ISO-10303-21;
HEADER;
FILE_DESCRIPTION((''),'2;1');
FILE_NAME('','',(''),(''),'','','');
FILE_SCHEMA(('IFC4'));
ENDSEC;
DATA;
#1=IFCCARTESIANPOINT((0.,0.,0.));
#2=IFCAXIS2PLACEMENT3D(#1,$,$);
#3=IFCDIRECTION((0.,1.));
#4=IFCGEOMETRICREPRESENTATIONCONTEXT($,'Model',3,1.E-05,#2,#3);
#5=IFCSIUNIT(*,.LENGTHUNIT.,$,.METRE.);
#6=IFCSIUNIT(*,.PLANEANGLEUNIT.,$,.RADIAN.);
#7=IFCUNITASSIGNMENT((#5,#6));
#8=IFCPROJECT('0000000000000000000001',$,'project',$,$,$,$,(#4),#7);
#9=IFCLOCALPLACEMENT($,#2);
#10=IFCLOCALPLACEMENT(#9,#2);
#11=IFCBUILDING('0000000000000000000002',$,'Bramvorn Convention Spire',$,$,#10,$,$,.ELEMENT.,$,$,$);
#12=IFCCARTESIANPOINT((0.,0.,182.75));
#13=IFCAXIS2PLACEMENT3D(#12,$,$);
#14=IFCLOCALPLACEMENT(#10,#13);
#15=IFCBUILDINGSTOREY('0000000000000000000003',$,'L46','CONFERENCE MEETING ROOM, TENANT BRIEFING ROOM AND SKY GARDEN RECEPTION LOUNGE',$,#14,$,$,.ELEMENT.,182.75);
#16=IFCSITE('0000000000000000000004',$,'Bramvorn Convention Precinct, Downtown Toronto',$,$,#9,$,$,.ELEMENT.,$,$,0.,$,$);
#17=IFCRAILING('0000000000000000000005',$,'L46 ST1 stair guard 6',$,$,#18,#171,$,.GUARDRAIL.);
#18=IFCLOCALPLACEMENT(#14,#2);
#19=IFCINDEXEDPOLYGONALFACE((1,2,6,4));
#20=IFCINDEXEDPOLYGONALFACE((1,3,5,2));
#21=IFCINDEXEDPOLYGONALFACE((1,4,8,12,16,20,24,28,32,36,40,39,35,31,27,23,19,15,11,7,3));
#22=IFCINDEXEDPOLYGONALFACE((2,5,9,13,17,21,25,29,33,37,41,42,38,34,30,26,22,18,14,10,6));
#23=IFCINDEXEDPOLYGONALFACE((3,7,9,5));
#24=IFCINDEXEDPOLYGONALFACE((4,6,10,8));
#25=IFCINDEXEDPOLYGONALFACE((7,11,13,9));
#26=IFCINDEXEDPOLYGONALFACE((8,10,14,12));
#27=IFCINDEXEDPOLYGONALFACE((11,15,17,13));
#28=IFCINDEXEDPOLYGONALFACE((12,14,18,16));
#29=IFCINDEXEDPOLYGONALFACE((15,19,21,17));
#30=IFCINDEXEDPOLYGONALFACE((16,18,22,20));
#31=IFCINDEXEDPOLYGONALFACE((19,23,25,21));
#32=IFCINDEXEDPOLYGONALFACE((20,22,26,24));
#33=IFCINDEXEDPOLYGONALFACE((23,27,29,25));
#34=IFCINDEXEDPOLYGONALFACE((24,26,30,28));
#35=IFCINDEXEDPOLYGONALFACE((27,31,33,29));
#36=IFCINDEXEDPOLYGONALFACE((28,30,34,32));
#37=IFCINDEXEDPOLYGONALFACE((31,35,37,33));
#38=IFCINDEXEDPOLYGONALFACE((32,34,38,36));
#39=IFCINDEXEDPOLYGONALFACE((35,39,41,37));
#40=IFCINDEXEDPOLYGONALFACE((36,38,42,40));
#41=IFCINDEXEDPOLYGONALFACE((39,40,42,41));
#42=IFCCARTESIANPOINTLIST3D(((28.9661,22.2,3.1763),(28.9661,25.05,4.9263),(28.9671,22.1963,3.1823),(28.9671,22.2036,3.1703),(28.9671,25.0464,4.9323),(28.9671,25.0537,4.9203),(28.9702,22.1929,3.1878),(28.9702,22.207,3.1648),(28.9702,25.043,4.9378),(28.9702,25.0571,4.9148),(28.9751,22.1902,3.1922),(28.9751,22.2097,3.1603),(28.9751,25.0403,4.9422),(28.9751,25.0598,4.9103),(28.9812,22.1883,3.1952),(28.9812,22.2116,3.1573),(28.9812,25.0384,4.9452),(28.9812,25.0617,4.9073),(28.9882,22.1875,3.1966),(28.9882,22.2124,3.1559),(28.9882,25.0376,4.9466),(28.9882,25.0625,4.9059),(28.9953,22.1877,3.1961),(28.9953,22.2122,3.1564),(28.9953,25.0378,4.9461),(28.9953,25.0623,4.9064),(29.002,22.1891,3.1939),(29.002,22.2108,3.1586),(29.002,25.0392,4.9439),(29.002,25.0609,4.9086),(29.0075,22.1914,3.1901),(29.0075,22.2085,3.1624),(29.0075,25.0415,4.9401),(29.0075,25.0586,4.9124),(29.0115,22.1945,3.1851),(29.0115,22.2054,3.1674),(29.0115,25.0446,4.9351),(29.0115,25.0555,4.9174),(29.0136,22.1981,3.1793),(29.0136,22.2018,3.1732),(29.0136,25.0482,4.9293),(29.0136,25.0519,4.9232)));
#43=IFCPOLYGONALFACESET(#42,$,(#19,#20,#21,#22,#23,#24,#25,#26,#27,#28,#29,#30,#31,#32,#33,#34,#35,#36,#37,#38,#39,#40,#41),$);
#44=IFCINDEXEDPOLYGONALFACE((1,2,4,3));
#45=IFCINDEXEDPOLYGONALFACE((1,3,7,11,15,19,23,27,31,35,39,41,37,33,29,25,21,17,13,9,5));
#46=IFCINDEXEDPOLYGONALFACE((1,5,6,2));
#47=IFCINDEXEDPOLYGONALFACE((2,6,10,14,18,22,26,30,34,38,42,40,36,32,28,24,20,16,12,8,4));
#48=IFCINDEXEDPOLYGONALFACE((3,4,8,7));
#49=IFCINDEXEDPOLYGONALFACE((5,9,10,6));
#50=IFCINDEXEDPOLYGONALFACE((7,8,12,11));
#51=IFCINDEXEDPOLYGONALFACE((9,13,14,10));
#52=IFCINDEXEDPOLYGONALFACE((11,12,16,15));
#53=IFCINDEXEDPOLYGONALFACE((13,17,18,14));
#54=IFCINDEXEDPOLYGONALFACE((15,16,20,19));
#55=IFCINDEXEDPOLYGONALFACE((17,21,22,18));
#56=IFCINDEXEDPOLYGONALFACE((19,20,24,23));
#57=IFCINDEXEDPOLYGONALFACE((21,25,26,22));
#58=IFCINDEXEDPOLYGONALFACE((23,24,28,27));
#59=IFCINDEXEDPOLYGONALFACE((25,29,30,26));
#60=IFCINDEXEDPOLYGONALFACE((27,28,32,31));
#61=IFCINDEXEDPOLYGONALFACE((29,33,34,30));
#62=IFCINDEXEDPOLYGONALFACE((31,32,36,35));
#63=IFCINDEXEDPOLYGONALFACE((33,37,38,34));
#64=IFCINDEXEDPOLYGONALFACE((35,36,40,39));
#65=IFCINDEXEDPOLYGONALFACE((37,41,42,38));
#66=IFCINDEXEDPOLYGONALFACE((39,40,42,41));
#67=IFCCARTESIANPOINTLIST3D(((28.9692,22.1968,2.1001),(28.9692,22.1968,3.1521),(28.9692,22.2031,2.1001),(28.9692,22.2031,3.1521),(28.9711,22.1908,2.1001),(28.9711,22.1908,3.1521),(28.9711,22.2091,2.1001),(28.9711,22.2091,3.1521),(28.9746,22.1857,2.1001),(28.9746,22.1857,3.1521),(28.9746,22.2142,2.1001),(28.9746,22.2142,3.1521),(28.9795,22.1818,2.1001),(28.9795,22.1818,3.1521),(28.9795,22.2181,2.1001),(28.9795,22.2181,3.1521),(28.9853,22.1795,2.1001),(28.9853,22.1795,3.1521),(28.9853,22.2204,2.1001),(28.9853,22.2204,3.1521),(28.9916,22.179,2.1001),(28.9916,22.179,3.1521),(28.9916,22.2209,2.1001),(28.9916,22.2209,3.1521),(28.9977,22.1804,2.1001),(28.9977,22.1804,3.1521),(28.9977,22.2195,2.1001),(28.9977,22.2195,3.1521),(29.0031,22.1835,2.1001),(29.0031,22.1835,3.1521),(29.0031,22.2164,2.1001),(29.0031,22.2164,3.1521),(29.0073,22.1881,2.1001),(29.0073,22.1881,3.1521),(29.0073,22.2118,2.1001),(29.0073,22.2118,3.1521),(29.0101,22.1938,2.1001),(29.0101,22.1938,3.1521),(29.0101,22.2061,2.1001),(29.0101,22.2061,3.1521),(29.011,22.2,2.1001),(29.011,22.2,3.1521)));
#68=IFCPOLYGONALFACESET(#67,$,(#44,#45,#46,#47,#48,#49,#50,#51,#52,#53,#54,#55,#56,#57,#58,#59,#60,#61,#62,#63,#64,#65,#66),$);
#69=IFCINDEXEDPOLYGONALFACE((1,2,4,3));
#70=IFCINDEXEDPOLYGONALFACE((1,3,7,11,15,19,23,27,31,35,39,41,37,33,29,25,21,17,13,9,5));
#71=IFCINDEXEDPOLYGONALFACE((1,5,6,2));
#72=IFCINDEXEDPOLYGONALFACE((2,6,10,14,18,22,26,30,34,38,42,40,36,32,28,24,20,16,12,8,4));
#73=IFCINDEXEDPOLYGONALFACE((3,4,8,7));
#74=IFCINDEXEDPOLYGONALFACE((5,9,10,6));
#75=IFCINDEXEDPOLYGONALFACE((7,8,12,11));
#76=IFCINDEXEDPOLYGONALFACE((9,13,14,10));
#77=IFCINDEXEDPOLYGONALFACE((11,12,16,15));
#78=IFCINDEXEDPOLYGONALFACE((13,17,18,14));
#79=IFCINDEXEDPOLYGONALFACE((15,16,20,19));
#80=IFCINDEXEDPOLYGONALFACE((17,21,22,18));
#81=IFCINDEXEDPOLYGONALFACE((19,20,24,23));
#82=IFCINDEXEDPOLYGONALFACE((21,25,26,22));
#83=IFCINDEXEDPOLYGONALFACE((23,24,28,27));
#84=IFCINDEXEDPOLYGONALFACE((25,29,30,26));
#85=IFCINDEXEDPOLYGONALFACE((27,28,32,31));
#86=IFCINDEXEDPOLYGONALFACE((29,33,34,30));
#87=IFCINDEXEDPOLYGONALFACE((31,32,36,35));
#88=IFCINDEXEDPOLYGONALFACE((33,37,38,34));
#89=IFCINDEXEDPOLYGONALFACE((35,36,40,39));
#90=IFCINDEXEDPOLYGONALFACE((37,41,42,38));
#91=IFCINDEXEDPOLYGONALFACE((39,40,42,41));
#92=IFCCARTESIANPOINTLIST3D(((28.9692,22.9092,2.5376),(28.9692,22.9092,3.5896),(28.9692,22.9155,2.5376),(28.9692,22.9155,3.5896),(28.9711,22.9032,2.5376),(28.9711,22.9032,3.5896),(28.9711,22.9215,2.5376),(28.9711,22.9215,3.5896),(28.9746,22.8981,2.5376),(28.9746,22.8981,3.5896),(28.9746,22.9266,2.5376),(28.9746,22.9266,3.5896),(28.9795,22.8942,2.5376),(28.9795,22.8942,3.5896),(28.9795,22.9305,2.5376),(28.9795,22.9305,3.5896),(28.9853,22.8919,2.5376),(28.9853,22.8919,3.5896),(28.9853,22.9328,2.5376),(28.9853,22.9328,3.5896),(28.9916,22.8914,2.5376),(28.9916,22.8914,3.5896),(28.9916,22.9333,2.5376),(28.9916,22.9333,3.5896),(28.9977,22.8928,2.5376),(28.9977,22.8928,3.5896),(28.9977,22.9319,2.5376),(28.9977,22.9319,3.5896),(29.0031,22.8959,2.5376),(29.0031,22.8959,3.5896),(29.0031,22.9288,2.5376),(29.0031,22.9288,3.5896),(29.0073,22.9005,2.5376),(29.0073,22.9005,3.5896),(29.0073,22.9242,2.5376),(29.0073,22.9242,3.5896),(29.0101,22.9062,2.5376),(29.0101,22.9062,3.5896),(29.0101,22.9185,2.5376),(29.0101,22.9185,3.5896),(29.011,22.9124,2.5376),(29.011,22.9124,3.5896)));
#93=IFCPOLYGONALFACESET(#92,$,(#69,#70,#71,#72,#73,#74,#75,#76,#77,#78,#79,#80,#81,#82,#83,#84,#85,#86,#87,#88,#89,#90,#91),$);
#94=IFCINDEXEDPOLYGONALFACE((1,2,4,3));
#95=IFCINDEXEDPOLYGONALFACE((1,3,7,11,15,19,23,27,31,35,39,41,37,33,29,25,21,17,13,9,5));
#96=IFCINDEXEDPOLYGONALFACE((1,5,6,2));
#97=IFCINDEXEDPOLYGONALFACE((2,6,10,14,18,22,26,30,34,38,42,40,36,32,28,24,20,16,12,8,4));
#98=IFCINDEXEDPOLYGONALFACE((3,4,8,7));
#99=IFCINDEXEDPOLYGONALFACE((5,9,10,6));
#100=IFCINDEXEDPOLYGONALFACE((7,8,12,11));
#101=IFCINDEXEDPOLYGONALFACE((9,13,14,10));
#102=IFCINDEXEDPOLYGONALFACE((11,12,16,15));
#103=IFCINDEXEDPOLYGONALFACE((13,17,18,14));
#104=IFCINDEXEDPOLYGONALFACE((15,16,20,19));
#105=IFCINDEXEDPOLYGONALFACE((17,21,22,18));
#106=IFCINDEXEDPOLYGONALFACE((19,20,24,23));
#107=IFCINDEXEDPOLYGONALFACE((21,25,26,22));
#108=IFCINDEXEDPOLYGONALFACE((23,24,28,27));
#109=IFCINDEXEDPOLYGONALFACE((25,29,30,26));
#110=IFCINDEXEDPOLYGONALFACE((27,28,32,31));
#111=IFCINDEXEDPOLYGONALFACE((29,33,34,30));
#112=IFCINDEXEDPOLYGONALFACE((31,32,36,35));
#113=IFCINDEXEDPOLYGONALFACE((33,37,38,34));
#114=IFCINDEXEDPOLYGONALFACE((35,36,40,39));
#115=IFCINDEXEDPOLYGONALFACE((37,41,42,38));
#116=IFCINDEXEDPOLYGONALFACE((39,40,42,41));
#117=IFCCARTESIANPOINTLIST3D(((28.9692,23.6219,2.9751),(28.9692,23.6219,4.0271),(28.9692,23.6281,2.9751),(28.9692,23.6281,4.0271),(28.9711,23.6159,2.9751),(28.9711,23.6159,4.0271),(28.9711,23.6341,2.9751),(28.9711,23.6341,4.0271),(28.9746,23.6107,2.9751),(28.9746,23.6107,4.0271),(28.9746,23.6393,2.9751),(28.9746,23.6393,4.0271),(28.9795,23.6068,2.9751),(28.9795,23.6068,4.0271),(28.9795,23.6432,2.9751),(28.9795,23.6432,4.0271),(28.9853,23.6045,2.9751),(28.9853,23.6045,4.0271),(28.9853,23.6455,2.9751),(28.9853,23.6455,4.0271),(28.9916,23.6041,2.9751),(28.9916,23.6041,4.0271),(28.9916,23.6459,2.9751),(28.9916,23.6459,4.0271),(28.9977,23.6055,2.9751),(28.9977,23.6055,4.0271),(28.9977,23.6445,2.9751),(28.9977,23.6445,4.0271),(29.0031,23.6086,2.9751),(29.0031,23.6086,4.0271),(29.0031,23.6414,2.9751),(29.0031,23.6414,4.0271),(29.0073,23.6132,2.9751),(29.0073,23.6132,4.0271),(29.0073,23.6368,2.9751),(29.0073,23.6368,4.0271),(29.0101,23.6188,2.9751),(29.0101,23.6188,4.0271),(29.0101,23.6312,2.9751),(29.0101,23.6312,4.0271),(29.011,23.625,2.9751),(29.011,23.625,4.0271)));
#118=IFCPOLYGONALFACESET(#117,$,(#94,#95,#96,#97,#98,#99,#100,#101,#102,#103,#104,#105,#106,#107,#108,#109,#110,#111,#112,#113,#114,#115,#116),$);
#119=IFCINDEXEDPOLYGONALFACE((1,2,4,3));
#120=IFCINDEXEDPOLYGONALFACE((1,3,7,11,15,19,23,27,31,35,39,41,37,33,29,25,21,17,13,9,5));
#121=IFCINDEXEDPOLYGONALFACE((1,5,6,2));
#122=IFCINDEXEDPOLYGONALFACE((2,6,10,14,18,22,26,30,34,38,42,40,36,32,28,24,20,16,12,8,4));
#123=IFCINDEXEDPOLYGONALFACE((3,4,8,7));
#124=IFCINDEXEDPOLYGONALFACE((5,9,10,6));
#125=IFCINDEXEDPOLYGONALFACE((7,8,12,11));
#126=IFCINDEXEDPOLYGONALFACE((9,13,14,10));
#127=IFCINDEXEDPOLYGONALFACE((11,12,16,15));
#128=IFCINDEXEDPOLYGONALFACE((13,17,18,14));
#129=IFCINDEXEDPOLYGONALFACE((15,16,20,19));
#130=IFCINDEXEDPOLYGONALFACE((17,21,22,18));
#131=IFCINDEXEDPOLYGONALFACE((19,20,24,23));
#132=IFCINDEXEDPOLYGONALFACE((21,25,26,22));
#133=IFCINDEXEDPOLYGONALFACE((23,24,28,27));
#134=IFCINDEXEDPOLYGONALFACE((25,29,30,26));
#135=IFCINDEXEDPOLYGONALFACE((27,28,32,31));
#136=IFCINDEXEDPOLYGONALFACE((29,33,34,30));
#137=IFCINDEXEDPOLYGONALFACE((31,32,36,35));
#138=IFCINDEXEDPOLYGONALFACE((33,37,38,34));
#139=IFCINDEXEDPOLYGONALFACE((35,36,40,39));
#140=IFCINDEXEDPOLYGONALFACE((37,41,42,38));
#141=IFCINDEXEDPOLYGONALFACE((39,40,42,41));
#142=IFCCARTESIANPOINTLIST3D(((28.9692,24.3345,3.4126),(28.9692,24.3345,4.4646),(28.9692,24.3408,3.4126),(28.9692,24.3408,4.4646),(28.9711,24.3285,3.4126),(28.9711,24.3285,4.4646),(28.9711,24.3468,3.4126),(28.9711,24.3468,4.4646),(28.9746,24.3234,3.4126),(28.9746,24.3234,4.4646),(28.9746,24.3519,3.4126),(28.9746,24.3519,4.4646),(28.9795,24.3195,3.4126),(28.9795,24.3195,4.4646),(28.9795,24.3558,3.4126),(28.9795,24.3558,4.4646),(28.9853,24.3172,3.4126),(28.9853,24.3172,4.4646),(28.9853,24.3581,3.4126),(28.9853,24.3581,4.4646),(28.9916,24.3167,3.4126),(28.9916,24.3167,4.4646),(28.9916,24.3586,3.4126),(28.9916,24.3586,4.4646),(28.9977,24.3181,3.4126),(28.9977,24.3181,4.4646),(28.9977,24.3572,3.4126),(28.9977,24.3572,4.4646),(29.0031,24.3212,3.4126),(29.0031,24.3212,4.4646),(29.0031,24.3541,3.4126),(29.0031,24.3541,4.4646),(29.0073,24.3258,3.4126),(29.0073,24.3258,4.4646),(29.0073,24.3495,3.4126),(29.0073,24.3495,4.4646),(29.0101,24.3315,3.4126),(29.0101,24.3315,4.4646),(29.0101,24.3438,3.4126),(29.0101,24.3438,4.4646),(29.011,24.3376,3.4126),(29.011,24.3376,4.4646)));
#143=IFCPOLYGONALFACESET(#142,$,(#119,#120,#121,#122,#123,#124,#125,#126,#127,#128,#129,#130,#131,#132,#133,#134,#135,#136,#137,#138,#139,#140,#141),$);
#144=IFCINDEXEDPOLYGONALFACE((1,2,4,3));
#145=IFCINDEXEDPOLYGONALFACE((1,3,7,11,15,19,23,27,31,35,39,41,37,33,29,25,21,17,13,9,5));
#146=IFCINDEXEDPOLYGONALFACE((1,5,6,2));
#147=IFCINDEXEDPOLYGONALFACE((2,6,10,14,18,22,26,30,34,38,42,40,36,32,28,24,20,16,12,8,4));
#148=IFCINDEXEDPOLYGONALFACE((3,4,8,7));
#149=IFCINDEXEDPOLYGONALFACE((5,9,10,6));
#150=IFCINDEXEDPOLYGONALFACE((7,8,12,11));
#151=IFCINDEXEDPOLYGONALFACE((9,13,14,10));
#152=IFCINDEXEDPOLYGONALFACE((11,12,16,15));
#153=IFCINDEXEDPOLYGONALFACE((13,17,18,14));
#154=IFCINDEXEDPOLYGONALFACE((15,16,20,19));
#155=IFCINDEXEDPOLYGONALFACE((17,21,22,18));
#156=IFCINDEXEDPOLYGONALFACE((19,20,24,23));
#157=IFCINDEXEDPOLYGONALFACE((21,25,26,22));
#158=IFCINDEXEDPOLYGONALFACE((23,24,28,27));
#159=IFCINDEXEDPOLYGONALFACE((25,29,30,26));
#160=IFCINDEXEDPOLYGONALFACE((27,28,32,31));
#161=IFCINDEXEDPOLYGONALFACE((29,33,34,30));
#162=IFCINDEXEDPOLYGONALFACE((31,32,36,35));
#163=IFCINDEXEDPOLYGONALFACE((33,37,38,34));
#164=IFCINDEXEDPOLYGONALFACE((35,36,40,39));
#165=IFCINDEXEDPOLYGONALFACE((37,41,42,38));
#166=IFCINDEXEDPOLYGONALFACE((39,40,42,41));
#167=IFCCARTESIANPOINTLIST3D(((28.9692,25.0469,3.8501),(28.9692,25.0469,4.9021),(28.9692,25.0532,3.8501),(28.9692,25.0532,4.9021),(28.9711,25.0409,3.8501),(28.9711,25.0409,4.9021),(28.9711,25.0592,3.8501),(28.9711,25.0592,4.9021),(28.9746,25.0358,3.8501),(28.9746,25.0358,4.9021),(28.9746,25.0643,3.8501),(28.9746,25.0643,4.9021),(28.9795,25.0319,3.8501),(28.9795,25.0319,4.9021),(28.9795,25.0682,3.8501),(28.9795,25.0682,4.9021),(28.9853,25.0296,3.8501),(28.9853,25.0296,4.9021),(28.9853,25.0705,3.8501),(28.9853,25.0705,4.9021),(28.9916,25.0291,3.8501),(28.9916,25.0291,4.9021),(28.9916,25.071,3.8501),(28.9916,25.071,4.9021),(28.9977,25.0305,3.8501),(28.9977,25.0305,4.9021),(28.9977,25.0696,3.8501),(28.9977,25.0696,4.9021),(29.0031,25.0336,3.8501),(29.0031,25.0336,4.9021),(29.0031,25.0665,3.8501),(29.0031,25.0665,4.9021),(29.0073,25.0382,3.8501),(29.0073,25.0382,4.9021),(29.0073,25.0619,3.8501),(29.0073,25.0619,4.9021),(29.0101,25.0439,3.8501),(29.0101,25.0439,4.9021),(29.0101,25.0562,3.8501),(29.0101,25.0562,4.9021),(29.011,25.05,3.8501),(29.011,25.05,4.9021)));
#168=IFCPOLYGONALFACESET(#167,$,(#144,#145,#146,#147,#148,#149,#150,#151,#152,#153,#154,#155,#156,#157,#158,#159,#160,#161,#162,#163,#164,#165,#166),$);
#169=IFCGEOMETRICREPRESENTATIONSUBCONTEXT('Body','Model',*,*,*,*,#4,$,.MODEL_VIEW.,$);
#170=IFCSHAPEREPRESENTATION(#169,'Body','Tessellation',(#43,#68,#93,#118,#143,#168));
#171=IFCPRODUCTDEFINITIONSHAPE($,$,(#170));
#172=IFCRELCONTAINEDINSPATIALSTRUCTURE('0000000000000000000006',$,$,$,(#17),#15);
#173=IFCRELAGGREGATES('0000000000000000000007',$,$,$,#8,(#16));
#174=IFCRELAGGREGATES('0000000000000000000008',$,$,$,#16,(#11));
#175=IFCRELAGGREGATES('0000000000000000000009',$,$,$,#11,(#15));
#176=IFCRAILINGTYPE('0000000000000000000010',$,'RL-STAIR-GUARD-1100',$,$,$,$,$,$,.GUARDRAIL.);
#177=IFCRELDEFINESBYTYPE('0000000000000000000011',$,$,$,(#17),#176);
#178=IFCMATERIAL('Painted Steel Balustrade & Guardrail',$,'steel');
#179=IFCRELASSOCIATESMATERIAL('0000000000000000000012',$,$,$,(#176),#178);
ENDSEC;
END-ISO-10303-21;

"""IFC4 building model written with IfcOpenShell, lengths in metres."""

from ifc_helpers import new_model, si_unit, direction, frame, origin, origin_2d, place, context, subcontext, project, spatial, circle, extrude, material, type_object, element, save


model = new_model("IFC4")

# Units and contexts
model_context = context("Model", 3, precision=1e-05, world=origin(), true_north=direction((0.0, 1.0)))
body_context = subcontext(model_context, "Body", "Model", "MODEL_VIEW")
ifc_project = project(units=[si_unit("LENGTHUNIT", "METRE"), si_unit("PLANEANGLEUNIT", "RADIAN")], contexts=[model_context])

# Site, building, storey
site_placement = place(None, origin())
site = spatial("IfcSite", under=ifc_project, at=site_placement, Name="Bramvorn Convention Precinct, Downtown Toronto", CompositionType="ELEMENT", RefElevation=0.0)
building_placement = place(site_placement, origin())
building = spatial("IfcBuilding", under=site, at=building_placement, Name="Bramvorn Convention Spire", CompositionType="ELEMENT")
storey_placement = place(building_placement, frame((0.0, 0.0, 182.75)))
storey = spatial("IfcBuildingStorey", under=building, at=storey_placement, Name="L46", Description="CONFERENCE MEETING ROOM, TENANT BRIEFING ROOM AND SKY GARDEN RECEPTION LOUNGE", CompositionType="ELEMENT", Elevation=182.75)

# Railing
ifc_material_1 = material(Name="Painted Steel Balustrade & Guardrail", Category="steel")
railing_type_1 = type_object("IfcRailingType", Name="RL-STAIR-GUARD-1100", PredefinedType="GUARDRAIL", material=ifc_material_1)
railing_1_placement = place(storey_placement, frame((28.99, 22.2, 2.1001)))
element("IfcRailing", 1, at=railing_1_placement, inside=storey, type_object=railing_type_1, Name="L46 ST1 stair guard 6", PredefinedType="GUARDRAIL", context=body_context, shape_type="SweptSolid", body=[
    extrude(circle(Radius=0.0239, at=origin_2d()), frame((0.0, 0.0, 1.0762), z_axis=(0.0, 0.852179, 0.52325), x_axis=(-1.0, 0.0, 0.0)), (0.0, 0.0, 1.0), 3.3445),
    extrude(circle(Radius=0.021, at=origin_2d()), origin(), (0.0, 0.0, 1.0), 1.052),
    extrude(circle(Radius=0.021, at=origin_2d()), frame((0.0, 0.7124, 0.4375)), (0.0, 0.0, 1.0), 1.052),
    extrude(circle(Radius=0.021, at=origin_2d()), frame((0.0, 1.425, 0.875)), (0.0, 0.0, 1.0), 1.052),
    extrude(circle(Radius=0.021, at=origin_2d()), frame((0.0, 2.1377, 1.3125)), (0.0, 0.0, 1.0), 1.052),
    extrude(circle(Radius=0.021, at=origin_2d()), frame((0.0, 2.8501, 1.75)), (0.0, 0.0, 1.0), 1.052),
])

save(model, "model.ifc")
